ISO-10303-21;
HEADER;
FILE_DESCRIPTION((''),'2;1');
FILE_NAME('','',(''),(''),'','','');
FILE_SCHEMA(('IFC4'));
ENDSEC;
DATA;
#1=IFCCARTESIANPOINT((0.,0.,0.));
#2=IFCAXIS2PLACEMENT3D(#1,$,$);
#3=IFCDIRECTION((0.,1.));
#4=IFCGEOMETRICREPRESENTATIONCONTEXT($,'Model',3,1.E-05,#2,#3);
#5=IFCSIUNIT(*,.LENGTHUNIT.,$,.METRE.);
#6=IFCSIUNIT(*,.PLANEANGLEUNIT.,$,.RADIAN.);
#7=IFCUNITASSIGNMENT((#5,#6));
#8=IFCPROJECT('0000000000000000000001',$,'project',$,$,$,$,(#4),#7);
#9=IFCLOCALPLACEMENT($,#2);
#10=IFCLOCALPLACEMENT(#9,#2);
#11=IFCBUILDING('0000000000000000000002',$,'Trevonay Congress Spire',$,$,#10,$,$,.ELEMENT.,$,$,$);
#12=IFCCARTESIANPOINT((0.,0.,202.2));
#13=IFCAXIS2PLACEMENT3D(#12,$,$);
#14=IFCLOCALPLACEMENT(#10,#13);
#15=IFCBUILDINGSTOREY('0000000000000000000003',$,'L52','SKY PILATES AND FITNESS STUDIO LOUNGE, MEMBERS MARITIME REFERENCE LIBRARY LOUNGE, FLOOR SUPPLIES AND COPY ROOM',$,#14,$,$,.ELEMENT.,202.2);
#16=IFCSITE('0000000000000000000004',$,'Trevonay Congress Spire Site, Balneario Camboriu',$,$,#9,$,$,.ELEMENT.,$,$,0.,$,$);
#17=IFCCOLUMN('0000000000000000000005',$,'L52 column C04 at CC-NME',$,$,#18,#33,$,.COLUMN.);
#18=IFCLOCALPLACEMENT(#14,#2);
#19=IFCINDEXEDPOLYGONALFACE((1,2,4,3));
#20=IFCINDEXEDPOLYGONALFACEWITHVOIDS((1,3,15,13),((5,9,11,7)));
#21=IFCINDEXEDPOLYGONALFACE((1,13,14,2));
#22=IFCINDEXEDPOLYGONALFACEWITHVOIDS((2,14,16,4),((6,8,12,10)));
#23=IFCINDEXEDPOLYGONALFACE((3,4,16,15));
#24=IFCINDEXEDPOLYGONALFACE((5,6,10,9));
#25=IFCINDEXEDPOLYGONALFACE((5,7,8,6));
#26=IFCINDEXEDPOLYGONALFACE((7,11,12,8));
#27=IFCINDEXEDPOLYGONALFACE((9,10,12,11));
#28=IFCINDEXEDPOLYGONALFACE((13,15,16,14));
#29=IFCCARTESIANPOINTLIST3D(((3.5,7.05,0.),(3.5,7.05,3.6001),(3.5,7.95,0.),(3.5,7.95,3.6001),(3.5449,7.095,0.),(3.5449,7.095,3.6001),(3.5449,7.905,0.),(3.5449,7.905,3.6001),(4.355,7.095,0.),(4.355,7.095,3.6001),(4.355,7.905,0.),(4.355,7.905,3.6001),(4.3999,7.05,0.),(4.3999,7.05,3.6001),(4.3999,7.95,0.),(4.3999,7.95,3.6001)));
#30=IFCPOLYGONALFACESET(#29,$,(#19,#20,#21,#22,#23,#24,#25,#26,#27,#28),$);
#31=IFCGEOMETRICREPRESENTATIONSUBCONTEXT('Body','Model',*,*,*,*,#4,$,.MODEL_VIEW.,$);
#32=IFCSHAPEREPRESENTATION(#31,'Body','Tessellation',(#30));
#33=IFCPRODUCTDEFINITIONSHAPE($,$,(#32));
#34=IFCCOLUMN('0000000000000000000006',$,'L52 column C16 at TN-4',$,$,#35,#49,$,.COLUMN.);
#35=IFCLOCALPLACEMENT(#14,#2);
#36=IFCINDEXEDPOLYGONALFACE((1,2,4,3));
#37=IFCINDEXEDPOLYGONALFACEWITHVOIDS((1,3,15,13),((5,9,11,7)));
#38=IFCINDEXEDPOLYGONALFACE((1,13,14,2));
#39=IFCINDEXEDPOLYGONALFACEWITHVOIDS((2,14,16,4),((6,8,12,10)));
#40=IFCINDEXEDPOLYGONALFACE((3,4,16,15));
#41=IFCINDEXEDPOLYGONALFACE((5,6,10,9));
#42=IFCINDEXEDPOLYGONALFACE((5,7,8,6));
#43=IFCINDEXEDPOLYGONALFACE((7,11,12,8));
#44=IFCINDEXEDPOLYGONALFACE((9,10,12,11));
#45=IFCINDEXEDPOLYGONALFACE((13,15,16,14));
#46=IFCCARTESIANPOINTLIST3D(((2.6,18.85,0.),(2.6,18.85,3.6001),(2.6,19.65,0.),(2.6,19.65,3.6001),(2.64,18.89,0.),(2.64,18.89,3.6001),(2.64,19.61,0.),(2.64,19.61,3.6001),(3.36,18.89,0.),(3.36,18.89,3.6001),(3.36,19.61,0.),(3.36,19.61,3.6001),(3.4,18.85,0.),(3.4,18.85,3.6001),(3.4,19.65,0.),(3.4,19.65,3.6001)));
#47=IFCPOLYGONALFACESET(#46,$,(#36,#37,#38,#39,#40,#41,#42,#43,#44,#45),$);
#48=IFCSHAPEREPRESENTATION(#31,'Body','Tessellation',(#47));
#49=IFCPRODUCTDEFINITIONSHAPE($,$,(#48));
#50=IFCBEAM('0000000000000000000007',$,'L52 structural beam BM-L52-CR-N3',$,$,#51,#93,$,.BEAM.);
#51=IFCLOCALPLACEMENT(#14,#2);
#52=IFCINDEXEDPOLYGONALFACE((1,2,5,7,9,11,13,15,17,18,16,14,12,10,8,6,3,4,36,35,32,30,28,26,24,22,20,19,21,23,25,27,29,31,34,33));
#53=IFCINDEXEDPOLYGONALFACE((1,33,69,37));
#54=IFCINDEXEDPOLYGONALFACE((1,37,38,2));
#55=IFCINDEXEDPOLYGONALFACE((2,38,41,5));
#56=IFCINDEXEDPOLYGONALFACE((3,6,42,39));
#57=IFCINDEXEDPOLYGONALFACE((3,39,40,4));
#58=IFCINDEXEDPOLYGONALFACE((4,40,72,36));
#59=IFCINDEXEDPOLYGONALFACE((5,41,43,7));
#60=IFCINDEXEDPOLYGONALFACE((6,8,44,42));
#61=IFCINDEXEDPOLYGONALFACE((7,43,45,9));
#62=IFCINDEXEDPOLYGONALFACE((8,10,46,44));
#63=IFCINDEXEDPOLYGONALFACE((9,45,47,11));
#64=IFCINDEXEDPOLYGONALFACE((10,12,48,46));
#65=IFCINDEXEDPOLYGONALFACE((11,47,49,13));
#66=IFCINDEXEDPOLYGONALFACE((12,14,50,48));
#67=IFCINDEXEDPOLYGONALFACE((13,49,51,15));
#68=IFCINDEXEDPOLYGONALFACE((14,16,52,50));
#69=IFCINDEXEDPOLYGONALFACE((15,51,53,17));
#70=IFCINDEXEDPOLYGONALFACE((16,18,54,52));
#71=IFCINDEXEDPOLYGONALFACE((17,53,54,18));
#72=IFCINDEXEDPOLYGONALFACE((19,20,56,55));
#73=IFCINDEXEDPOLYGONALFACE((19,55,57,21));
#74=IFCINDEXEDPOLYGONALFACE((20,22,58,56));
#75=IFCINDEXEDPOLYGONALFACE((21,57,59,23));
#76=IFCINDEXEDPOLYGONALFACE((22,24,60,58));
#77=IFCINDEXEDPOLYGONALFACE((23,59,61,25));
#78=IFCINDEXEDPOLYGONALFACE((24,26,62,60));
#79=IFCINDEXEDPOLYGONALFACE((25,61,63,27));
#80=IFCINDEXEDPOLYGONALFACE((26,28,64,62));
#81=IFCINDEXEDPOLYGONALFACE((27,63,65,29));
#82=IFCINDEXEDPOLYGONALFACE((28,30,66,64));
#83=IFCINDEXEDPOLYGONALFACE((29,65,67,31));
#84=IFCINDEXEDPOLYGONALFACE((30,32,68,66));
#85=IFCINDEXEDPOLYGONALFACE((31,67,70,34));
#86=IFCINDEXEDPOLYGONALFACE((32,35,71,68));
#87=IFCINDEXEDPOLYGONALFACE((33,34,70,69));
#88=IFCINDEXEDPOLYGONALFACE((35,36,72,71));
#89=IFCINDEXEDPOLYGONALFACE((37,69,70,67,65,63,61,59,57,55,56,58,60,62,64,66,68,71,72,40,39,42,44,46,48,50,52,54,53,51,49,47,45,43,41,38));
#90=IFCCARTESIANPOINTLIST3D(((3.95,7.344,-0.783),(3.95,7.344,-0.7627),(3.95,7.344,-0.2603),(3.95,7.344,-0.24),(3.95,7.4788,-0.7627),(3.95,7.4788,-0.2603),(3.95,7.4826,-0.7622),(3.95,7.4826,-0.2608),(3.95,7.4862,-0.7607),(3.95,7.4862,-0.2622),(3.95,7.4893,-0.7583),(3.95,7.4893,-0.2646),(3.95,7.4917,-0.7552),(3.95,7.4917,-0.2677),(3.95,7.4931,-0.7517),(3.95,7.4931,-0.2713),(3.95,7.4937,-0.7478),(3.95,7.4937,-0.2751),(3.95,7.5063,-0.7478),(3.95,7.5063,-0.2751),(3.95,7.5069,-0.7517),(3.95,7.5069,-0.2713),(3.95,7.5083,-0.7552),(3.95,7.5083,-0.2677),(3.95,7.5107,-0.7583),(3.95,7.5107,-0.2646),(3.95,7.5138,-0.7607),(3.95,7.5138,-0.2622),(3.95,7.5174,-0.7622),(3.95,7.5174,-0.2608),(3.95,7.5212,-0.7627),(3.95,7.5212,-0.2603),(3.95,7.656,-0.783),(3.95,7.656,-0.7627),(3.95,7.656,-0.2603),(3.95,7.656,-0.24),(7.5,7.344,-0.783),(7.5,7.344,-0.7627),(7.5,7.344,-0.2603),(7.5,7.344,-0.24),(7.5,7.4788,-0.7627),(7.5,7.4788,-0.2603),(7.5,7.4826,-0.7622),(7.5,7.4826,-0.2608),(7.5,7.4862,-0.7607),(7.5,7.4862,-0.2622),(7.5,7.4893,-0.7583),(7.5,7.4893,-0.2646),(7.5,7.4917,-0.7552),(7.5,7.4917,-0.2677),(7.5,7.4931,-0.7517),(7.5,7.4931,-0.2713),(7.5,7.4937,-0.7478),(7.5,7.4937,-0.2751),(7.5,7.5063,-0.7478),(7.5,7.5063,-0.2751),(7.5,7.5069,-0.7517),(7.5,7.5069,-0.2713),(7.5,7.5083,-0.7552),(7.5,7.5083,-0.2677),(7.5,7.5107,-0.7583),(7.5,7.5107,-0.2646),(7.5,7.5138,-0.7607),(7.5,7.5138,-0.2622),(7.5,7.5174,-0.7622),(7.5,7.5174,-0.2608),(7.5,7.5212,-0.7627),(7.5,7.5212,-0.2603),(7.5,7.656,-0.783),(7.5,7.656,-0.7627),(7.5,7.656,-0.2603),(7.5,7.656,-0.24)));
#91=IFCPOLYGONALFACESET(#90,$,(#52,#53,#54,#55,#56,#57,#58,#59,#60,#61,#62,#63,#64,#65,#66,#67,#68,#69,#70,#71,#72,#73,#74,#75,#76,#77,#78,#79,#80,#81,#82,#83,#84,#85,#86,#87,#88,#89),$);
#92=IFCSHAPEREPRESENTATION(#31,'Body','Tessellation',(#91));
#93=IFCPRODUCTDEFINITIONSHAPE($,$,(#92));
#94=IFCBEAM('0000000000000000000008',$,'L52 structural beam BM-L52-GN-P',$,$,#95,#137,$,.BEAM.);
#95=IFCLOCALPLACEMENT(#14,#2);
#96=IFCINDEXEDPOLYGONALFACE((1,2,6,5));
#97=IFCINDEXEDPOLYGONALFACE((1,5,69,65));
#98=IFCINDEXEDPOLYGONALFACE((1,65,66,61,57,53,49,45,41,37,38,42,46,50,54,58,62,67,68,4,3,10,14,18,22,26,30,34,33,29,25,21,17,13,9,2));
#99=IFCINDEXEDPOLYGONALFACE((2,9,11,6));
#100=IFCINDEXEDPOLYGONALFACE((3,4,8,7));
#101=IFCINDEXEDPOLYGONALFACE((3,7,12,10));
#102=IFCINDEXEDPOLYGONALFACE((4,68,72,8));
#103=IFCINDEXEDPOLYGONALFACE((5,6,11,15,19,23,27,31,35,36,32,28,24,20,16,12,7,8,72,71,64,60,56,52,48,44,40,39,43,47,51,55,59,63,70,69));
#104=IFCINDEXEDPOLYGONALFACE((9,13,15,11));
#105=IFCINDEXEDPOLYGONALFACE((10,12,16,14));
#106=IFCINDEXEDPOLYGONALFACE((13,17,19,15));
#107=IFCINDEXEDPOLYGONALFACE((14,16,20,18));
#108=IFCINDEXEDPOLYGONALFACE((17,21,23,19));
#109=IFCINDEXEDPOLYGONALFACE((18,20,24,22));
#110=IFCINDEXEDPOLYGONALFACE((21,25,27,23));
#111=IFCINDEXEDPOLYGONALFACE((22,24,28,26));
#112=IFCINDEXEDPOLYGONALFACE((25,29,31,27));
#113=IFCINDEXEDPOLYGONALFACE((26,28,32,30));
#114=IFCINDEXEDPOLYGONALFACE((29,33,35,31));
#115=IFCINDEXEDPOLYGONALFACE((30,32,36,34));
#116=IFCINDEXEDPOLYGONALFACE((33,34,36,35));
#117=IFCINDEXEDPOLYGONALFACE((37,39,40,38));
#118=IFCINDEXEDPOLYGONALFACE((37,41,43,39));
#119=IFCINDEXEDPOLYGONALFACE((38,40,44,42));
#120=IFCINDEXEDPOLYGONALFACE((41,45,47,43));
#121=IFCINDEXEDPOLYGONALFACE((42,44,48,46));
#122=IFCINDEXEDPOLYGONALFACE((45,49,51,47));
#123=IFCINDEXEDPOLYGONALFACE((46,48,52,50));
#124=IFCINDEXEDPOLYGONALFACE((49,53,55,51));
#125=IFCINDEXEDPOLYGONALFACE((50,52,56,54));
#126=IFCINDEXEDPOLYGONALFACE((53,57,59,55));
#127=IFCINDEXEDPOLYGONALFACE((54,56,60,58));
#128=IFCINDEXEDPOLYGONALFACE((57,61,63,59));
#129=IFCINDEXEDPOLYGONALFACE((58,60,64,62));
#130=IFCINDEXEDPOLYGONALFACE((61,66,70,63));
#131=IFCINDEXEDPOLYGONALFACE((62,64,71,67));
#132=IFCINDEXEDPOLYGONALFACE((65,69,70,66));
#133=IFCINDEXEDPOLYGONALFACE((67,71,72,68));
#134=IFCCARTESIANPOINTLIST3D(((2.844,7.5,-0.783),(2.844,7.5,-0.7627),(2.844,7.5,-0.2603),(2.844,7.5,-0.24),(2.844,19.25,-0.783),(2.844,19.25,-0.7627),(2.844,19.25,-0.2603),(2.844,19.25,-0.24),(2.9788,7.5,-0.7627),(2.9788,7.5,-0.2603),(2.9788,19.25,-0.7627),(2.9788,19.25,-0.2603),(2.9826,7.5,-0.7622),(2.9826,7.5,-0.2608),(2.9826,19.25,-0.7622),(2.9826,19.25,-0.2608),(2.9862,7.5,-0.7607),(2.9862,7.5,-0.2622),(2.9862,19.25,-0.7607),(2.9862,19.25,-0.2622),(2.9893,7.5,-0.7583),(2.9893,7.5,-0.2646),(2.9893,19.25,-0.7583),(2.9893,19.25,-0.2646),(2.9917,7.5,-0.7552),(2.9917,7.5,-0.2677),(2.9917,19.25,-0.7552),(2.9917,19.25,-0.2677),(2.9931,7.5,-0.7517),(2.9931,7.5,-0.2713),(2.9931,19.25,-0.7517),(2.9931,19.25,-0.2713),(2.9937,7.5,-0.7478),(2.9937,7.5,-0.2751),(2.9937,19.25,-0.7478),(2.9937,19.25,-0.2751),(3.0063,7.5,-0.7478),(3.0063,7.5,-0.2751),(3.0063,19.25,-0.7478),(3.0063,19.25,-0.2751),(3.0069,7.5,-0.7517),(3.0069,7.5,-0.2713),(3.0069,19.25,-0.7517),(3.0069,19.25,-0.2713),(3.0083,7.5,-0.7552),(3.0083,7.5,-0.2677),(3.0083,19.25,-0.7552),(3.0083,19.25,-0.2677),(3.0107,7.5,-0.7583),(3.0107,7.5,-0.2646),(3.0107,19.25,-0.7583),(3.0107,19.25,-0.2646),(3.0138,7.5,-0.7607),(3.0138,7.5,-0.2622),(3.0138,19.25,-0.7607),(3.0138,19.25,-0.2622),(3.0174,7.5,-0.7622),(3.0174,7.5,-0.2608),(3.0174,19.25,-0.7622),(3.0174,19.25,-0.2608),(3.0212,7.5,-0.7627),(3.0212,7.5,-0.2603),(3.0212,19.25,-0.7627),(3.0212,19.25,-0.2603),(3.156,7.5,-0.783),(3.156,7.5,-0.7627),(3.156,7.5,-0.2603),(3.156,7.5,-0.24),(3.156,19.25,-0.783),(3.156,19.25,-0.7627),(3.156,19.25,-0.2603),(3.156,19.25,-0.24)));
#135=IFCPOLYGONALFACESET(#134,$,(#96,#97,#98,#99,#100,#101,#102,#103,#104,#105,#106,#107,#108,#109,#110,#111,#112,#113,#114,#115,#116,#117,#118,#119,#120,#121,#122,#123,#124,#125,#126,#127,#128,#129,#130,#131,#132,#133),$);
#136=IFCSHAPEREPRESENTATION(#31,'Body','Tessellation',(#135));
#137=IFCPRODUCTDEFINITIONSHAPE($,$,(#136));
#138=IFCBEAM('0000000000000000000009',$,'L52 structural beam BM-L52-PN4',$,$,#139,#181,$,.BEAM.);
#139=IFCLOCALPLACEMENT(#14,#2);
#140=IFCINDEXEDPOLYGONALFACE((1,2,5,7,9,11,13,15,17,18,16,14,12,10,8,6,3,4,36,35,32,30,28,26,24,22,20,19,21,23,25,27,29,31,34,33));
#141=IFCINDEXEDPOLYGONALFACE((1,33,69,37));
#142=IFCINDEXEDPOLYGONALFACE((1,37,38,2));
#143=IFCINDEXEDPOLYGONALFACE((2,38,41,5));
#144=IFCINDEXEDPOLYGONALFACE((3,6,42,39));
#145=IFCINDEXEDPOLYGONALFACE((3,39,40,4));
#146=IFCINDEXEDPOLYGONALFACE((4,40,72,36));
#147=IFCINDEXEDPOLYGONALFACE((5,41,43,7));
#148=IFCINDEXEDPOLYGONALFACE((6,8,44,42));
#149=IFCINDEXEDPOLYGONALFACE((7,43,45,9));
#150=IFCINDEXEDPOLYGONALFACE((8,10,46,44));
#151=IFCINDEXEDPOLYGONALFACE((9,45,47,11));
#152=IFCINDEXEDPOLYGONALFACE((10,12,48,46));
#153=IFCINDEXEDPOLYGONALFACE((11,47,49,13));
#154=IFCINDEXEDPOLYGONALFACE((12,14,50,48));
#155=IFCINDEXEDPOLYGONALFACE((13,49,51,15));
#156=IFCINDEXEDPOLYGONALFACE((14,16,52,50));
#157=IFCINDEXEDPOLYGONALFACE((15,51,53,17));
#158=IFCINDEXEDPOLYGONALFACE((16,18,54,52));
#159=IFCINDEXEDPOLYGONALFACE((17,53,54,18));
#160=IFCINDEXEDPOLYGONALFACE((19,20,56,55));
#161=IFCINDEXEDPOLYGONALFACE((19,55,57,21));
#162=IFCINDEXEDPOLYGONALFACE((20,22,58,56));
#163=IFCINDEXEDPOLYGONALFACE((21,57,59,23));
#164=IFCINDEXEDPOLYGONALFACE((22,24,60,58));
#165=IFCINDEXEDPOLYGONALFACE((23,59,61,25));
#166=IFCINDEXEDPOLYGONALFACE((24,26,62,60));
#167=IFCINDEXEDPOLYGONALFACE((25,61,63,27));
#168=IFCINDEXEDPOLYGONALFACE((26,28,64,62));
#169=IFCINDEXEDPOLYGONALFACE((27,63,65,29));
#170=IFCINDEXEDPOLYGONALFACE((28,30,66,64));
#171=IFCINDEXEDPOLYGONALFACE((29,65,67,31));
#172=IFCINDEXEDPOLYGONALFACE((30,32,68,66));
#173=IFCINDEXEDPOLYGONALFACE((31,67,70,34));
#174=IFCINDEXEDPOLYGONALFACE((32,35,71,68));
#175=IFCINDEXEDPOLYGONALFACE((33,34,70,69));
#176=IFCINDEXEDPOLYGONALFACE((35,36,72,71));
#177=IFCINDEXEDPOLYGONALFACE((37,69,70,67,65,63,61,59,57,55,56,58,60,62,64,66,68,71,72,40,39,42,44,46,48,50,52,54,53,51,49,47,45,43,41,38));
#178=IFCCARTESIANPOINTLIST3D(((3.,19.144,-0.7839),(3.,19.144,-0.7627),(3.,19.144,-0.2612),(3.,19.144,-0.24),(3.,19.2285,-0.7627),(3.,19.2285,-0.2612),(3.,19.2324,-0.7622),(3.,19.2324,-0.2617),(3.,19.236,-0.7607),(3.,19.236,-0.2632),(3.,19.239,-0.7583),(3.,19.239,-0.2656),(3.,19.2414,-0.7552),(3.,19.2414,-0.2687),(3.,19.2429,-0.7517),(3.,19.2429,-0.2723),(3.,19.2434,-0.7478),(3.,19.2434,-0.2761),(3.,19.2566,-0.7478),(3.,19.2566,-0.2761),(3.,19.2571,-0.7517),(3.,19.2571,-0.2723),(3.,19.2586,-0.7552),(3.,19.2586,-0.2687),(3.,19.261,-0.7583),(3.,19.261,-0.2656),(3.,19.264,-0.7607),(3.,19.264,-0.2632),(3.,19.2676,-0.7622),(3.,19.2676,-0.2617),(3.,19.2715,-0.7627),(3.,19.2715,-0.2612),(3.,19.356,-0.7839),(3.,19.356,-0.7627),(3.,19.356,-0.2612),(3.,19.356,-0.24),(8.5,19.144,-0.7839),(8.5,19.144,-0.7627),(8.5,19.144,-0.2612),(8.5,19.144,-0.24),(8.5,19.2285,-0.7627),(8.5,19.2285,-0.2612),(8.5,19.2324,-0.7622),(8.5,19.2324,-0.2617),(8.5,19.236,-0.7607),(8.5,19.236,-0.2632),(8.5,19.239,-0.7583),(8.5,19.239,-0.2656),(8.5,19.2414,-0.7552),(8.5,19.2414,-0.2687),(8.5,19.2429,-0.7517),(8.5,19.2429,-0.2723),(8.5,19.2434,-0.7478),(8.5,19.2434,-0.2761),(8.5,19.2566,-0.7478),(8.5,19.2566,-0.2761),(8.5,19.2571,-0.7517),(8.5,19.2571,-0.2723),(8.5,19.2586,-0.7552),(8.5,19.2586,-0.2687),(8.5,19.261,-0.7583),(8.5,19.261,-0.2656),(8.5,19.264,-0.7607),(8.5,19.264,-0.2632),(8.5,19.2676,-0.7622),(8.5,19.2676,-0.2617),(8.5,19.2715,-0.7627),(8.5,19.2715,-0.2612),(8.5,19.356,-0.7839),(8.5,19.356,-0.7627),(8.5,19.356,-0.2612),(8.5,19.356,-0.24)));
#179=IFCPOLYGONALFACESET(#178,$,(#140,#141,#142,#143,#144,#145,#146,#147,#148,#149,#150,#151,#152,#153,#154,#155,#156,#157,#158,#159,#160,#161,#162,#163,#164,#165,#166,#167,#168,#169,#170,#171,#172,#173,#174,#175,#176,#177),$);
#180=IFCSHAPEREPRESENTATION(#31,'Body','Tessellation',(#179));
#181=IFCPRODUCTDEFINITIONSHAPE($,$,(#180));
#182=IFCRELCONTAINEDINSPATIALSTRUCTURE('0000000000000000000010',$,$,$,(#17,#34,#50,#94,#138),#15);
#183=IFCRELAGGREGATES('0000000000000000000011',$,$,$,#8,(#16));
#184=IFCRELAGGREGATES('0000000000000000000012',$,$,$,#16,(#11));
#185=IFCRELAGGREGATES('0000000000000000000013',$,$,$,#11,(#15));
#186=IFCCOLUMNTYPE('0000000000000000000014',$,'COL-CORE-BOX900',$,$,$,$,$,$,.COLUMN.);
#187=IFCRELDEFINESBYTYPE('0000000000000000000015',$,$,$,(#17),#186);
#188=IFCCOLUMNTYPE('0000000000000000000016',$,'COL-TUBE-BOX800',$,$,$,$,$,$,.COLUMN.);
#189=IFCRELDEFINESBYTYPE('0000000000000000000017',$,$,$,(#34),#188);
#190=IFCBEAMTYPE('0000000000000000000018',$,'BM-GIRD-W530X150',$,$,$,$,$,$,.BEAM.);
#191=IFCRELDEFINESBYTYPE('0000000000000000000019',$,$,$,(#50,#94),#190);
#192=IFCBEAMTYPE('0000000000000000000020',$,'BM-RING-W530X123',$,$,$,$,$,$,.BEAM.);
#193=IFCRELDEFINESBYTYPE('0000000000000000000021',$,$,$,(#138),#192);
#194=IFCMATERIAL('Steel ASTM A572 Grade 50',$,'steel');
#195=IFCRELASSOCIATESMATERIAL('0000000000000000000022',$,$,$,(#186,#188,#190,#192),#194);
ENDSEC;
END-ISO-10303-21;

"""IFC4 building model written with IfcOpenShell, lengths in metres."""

from ifc_helpers import new_model, si_unit, direction, frame, origin, origin_2d, place, context, subcontext, project, spatial, hollow_rectangle, i_section, extrude, material, material_profile, profile_set, type_object, element, save


model = new_model("IFC4")

# Units and contexts
model_context = context("Model", 3, precision=1e-05, world=origin(), true_north=direction((0.0, 1.0)))
body_context = subcontext(model_context, "Body", "Model", "MODEL_VIEW")
ifc_project = project(units=[si_unit("LENGTHUNIT", "METRE"), si_unit("PLANEANGLEUNIT", "RADIAN")], contexts=[model_context])

# Site, building, storey
site_placement = place(None, origin())
site = spatial("IfcSite", under=ifc_project, at=site_placement, Name="Trevonay Congress Spire Site, Balneario Camboriu", CompositionType="ELEMENT", RefElevation=0.0)
building_placement = place(site_placement, origin())
building = spatial("IfcBuilding", under=site, at=building_placement, Name="Trevonay Congress Spire", CompositionType="ELEMENT")
storey_placement = place(building_placement, frame((0.0, 0.0, 202.2)))
storey = spatial("IfcBuildingStorey", under=building, at=storey_placement, Name="L52", Description="SKY PILATES AND FITNESS STUDIO LOUNGE, MEMBERS MARITIME REFERENCE LIBRARY LOUNGE, FLOOR SUPPLIES AND COPY ROOM", CompositionType="ELEMENT", Elevation=202.2)

# Columns
ifc_material_1 = material(Name="Steel ASTM A572 Grade 50", Category="steel")
ifc_material_profile_1 = material_profile(ifc_material_1, hollow_rectangle(XDim=0.8999, YDim=0.8999, WallThickness=0.0449, at=origin_2d()), Name="BOX 900x900x45")
ifc_profile_set_1 = profile_set([ifc_material_profile_1], Name="Steel ASTM A572 Grade 50")
column_type_1 = type_object("IfcColumnType", Name="COL-CORE-BOX900", PredefinedType="COLUMN", material=ifc_profile_set_1)
column_1_placement = place(storey_placement, frame((3.95, 7.5, 0.0), z_axis=(0.0, 0.0, 1.0), x_axis=(1.0, 0.0, 0.0)))
element("IfcColumn", 1, at=column_1_placement, inside=storey, type_object=column_type_1, Name="L52 column C04 at CC-NME", PredefinedType="COLUMN", context=body_context, shape_type="SweptSolid", body=[
    extrude(hollow_rectangle(XDim=0.8999, YDim=0.8999, WallThickness=0.0449, at=origin_2d()), origin(), (0.0, 0.0, 1.0), 3.6001),
])
ifc_material_profile_2 = material_profile(ifc_material_1, hollow_rectangle(XDim=0.8, YDim=0.8, WallThickness=0.04, at=origin_2d()), Name="BOX 800x800x40")
ifc_profile_set_2 = profile_set([ifc_material_profile_2], Name="Steel ASTM A572 Grade 50")
column_type_2 = type_object("IfcColumnType", Name="COL-TUBE-BOX800", PredefinedType="COLUMN", material=ifc_profile_set_2)
column_2_placement = place(storey_placement, frame((3.0, 19.25, 0.0), z_axis=(0.0, 0.0, 1.0), x_axis=(1.0, 0.0, 0.0)))
element("IfcColumn", 2, at=column_2_placement, inside=storey, type_object=column_type_2, Name="L52 column C16 at TN-4", PredefinedType="COLUMN", context=body_context, shape_type="SweptSolid", body=[
    extrude(hollow_rectangle(XDim=0.8, YDim=0.8, WallThickness=0.04, at=origin_2d()), origin(), (0.0, 0.0, 1.0), 3.6001),
])

# Beams
ifc_material_profile_3 = material_profile(ifc_material_1, i_section(OverallWidth=0.312, OverallDepth=0.543, WebThickness=0.0127, FlangeThickness=0.0203, FilletRadius=0.0149, at=origin_2d()), Name="W530x150")
ifc_profile_set_3 = profile_set([ifc_material_profile_3], Name="Steel ASTM A572 Grade 50")
beam_type_1 = type_object("IfcBeamType", Name="BM-GIRD-W530X150", PredefinedType="BEAM", material=ifc_profile_set_3)
beam_1_placement = place(storey_placement, frame((3.95, 7.5, -0.5115), z_axis=(1.0, 0.0, 0.0), x_axis=(0.0, 1.0, 0.0)))
element("IfcBeam", 3, at=beam_1_placement, inside=storey, type_object=beam_type_1, Name="L52 structural beam BM-L52-CR-N3", PredefinedType="BEAM", context=body_context, shape_type="SweptSolid", body=[
    extrude(i_section(OverallWidth=0.312, OverallDepth=0.543, WebThickness=0.0127, FlangeThickness=0.0203, FilletRadius=0.0149, at=origin_2d()), origin(), (0.0, 0.0, 1.0), 3.55),
])
beam_2_placement = place(storey_placement, frame((3.0, 7.5, -0.5115), z_axis=(0.0, 1.0, 0.0), x_axis=(-1.0, 0.0, 0.0)))
element("IfcBeam", 4, at=beam_2_placement, inside=storey, type_object=beam_type_1, Name="L52 structural beam BM-L52-GN-P", PredefinedType="BEAM", context=body_context, shape_type="SweptSolid", body=[
    extrude(i_section(OverallWidth=0.312, OverallDepth=0.543, WebThickness=0.0127, FlangeThickness=0.0203, FilletRadius=0.0149, at=origin_2d()), origin(), (0.0, 0.0, 1.0), 11.75),
])
ifc_material_profile_4 = material_profile(ifc_material_1, i_section(OverallWidth=0.2119, OverallDepth=0.5439, WebThickness=0.0132, FlangeThickness=0.0212, FilletRadius=0.0149, at=origin_2d()), Name="W530x123")
ifc_profile_set_4 = profile_set([ifc_material_profile_4], Name="Steel ASTM A572 Grade 50")
beam_type_2 = type_object("IfcBeamType", Name="BM-RING-W530X123", PredefinedType="BEAM", material=ifc_profile_set_4)
beam_3_placement = place(storey_placement, frame((3.0, 19.25, -0.512), z_axis=(1.0, 0.0, 0.0), x_axis=(0.0, 1.0, 0.0)))
element("IfcBeam", 5, at=beam_3_placement, inside=storey, type_object=beam_type_2, Name="L52 structural beam BM-L52-PN4", PredefinedType="BEAM", context=body_context, shape_type="SweptSolid", body=[
    extrude(i_section(OverallWidth=0.2119, OverallDepth=0.5439, WebThickness=0.0132, FlangeThickness=0.0212, FilletRadius=0.0149, at=origin_2d()), origin(), (0.0, 0.0, 1.0), 5.5),
])

save(model, "model.ifc")
